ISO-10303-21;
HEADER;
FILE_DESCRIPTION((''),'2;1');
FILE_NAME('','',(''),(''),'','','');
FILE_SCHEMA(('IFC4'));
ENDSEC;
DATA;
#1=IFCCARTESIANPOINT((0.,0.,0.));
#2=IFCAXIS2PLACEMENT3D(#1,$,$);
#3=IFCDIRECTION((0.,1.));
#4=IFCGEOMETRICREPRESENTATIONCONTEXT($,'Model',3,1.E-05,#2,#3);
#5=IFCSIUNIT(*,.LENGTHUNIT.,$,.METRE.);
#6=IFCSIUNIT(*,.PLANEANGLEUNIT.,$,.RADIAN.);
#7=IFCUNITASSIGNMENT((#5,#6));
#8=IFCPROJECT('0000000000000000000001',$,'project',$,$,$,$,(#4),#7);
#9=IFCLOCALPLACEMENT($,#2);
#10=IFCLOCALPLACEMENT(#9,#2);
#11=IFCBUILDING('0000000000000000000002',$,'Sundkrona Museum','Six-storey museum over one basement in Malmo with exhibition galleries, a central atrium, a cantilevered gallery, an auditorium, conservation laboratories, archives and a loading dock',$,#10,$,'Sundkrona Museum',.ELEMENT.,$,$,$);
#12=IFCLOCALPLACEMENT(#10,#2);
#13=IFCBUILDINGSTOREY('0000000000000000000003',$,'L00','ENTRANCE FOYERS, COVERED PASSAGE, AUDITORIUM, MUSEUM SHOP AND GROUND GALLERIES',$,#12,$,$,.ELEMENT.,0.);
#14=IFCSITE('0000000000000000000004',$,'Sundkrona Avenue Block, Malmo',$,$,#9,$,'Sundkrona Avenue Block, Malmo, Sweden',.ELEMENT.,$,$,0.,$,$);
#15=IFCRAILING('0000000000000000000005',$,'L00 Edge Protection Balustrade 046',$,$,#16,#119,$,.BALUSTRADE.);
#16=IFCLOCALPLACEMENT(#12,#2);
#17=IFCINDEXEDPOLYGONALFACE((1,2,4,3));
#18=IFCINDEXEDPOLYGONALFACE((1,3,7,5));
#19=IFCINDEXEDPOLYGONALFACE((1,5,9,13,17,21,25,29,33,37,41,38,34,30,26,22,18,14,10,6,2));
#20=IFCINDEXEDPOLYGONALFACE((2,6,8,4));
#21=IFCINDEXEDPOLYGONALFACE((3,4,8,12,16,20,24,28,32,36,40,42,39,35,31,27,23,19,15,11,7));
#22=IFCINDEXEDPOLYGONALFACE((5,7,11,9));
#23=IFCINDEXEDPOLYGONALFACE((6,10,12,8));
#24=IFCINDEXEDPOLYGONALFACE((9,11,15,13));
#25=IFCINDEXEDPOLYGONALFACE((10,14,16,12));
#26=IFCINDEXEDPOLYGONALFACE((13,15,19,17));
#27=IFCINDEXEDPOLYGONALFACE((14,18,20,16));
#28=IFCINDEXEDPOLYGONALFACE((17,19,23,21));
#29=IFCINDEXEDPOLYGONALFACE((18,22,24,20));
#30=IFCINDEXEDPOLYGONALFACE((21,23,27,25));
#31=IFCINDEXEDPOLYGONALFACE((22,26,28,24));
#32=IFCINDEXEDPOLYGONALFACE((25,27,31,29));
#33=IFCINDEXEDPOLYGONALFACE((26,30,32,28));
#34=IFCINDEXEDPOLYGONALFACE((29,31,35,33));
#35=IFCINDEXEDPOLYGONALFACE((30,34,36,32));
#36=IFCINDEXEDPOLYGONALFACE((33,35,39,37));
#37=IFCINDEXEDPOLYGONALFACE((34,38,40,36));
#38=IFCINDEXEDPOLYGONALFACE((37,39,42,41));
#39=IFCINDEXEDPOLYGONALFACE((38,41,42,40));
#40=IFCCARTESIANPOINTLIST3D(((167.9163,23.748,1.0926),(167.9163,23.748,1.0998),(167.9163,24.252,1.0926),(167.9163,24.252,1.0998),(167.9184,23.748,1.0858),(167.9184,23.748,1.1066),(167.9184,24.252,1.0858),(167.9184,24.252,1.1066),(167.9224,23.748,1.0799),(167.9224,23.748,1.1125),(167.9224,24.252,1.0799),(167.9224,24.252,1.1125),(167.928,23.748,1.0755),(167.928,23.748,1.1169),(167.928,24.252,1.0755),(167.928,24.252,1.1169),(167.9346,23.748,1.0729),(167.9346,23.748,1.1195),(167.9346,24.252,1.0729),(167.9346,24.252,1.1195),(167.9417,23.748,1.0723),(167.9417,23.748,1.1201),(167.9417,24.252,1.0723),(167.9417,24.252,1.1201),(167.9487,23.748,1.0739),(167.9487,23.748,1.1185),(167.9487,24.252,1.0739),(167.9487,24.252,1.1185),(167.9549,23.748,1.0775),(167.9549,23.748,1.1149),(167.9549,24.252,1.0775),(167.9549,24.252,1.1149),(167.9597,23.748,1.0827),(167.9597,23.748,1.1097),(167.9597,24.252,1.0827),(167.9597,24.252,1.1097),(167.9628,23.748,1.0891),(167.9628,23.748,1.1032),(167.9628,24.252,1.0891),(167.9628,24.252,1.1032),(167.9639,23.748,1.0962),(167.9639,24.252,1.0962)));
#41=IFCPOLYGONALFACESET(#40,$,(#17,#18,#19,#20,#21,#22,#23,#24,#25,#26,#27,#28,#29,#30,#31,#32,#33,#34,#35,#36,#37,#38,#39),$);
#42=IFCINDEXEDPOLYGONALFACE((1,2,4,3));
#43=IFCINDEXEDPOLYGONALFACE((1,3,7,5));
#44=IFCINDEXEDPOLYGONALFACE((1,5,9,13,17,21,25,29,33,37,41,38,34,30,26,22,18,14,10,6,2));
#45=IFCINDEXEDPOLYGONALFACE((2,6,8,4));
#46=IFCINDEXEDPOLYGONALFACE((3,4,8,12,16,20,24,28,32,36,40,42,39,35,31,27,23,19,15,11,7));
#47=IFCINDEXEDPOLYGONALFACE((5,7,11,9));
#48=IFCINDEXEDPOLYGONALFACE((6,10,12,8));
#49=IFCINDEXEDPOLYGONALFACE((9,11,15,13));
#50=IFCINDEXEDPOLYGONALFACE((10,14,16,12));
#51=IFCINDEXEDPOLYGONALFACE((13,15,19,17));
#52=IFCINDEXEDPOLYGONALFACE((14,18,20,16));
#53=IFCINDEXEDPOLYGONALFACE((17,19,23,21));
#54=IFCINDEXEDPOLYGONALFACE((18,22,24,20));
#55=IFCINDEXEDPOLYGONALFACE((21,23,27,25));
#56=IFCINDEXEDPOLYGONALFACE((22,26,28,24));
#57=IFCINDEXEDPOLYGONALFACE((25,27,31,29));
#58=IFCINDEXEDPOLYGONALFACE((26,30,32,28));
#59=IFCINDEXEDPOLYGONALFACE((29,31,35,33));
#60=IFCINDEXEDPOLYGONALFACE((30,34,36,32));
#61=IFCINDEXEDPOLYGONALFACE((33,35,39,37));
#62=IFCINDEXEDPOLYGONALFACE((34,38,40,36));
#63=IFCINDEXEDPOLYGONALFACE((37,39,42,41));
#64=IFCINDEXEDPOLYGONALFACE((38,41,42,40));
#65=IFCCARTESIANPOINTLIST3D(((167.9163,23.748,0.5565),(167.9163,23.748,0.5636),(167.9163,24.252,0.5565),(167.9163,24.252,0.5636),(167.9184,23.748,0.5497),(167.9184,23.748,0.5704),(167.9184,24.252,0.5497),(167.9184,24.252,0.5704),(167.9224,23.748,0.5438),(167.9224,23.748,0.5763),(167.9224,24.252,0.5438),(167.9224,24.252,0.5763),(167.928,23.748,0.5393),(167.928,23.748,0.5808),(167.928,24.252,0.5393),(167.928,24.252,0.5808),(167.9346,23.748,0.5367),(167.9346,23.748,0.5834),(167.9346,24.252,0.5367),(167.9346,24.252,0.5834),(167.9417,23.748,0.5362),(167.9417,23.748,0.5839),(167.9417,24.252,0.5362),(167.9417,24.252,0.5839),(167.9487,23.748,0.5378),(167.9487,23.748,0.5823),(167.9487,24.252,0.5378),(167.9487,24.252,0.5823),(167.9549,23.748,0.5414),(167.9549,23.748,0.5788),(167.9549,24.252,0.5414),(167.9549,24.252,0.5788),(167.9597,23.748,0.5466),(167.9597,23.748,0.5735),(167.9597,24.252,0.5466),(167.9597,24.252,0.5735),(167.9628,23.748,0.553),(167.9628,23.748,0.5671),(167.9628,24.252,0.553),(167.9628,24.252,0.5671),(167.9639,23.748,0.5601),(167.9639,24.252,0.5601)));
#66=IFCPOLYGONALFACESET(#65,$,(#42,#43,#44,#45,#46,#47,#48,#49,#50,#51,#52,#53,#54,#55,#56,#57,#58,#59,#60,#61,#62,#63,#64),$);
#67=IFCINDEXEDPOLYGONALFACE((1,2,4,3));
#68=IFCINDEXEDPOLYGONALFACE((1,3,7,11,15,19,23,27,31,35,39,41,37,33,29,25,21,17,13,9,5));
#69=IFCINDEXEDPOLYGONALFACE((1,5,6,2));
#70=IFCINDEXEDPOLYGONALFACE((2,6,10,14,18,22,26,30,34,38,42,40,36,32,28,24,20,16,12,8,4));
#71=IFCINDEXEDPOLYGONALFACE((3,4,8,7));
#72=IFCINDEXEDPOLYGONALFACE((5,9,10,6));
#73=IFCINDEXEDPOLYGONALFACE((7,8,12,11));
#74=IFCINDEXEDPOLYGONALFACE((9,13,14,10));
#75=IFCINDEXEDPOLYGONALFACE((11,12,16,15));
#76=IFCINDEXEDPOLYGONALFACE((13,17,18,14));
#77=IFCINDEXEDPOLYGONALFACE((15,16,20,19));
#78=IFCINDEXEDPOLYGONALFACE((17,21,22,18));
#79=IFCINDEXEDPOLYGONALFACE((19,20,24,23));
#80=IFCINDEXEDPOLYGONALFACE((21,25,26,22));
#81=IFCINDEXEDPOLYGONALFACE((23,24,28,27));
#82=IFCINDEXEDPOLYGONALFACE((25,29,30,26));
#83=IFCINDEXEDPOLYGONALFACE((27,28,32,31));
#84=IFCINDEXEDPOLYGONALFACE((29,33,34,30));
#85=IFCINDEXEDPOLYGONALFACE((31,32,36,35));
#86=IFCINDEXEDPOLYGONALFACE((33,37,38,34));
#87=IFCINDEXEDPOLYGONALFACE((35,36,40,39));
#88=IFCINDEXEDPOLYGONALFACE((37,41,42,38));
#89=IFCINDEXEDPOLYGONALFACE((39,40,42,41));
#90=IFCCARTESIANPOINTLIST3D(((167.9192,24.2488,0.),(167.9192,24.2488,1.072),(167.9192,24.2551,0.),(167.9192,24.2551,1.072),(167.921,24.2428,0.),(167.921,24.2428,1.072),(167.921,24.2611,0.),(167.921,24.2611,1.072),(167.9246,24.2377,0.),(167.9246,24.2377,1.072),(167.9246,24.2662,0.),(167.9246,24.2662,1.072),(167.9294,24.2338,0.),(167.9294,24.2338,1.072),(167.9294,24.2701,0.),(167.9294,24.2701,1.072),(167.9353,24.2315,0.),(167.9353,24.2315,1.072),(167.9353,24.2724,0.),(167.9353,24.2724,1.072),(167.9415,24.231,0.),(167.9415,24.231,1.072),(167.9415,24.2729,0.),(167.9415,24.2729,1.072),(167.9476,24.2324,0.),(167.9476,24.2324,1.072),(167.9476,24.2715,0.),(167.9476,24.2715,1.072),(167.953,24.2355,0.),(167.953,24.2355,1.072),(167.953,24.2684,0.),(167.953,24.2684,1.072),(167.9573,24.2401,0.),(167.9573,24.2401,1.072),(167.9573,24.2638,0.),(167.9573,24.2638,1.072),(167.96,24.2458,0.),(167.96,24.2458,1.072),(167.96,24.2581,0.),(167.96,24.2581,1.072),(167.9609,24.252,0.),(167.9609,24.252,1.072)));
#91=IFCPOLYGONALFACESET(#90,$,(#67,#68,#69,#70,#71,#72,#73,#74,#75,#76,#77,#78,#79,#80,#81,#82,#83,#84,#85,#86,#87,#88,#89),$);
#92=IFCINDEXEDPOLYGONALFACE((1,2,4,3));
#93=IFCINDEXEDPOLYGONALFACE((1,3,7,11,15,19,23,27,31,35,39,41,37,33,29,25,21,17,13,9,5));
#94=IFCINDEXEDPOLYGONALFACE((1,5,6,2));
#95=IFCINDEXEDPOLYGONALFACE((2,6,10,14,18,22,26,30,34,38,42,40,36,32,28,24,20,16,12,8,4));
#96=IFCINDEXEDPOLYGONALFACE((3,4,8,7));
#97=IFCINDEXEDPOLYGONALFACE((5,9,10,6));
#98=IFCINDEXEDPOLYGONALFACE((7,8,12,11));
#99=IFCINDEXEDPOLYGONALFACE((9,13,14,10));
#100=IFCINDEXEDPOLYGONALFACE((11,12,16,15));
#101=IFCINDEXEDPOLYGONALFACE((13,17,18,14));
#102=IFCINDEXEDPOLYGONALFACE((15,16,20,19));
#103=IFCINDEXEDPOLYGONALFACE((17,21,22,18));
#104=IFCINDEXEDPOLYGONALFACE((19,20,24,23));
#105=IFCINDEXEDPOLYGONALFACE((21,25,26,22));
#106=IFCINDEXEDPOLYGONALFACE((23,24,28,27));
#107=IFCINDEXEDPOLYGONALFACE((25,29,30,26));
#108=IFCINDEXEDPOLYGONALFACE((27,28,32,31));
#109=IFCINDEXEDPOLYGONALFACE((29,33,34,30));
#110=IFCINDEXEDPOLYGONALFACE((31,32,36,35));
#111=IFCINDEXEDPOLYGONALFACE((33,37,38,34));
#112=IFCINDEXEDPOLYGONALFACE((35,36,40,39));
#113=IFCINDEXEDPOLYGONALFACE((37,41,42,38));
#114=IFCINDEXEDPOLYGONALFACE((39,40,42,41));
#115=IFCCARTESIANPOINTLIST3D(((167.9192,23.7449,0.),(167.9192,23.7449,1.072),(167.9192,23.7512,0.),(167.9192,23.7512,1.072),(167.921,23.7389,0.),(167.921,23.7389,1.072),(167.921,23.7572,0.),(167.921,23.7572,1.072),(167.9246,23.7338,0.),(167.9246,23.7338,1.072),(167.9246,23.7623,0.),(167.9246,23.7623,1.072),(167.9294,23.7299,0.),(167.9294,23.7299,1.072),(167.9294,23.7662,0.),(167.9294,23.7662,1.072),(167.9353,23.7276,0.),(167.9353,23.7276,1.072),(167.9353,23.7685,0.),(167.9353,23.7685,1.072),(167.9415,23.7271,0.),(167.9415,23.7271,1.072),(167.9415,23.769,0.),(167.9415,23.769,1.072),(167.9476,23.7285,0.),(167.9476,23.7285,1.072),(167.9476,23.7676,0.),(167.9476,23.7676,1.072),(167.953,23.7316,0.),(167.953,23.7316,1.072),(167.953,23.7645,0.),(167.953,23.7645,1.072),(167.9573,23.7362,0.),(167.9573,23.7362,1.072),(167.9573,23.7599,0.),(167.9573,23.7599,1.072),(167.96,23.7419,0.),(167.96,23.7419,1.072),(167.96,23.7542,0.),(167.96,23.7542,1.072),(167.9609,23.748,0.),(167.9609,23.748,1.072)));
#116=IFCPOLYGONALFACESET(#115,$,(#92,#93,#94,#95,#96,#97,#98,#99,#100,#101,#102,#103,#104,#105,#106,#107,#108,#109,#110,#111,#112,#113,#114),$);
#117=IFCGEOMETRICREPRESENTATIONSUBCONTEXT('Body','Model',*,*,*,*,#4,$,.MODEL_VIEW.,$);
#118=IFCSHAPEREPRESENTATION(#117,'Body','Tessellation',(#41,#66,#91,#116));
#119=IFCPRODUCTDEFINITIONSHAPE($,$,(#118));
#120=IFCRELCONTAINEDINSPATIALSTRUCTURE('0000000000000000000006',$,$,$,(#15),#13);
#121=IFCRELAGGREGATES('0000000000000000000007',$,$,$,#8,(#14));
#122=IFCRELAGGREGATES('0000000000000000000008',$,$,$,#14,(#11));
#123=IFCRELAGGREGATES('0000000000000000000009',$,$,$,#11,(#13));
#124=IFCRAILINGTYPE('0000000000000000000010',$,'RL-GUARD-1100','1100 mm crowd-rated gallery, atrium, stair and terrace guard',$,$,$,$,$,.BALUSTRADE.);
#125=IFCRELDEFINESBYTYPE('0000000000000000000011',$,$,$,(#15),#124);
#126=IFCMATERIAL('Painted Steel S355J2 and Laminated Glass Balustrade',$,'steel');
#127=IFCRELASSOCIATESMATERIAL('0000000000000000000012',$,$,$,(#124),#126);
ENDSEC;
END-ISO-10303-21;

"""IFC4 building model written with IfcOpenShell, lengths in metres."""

from ifc_helpers import new_model, si_unit, direction, frame, origin, origin_2d, place, context, subcontext, project, spatial, circle, extrude, material, type_object, element, save


model = new_model("IFC4")

# Units and contexts
model_context = context("Model", 3, precision=1e-05, world=origin(), true_north=direction((0.0, 1.0)))
body_context = subcontext(model_context, "Body", "Model", "MODEL_VIEW")
ifc_project = project(units=[si_unit("LENGTHUNIT", "METRE"), si_unit("PLANEANGLEUNIT", "RADIAN")], contexts=[model_context])

# Site, building, storey
site_placement = place(None, origin())
site = spatial("IfcSite", under=ifc_project, at=site_placement, Name="Sundkrona Avenue Block, Malmo", LongName="Sundkrona Avenue Block, Malmo, Sweden", CompositionType="ELEMENT", RefElevation=0.0)
building_placement = place(site_placement, origin())
building = spatial("IfcBuilding", under=site, at=building_placement, Name="Sundkrona Museum", Description="Six-storey museum over one basement in Malmo with exhibition galleries, a central atrium, a cantilevered gallery, an auditorium, conservation laboratories, archives and a loading dock", LongName="Sundkrona Museum", CompositionType="ELEMENT")
storey_placement = place(building_placement, origin())
storey = spatial("IfcBuildingStorey", under=building, at=storey_placement, Name="L00", Description="ENTRANCE FOYERS, COVERED PASSAGE, AUDITORIUM, MUSEUM SHOP AND GROUND GALLERIES", CompositionType="ELEMENT", Elevation=0.0)

# Railing
ifc_material_1 = material(Name="Painted Steel S355J2 and Laminated Glass Balustrade", Category="steel")
railing_type = type_object("IfcRailingType", Name="RL-GUARD-1100", Description="1100 mm crowd-rated gallery, atrium, stair and terrace guard", PredefinedType="BALUSTRADE", material=ifc_material_1)
railing_1_placement = place(storey_placement, frame((167.9399, 24.252, 0.0)))
element("IfcRailing", 1, at=railing_1_placement, inside=storey, type_object=railing_type, Name="L00 Edge Protection Balustrade 046", PredefinedType="BALUSTRADE", context=body_context, shape_type="SweptSolid", body=[
    extrude(circle(Radius=0.0239, at=origin_2d()), frame((0.0, 0.0, 1.0962), z_axis=(0.0, -1.0, 0.0), x_axis=(1.0, 0.0, 0.0)), (0.0, 0.0, 1.0), 0.5039),
    extrude(circle(Radius=0.0239, at=origin_2d()), frame((0.0, 0.0, 0.5601), z_axis=(0.0, -1.0, 0.0), x_axis=(1.0, 0.0, 0.0)), (0.0, 0.0, 1.0), 0.5039),
    extrude(circle(Radius=0.021, at=origin_2d()), origin(), (0.0, 0.0, 1.0), 1.072),
    extrude(circle(Radius=0.021, at=origin_2d()), frame((0.0, -0.5039, 0.0)), (0.0, 0.0, 1.0), 1.072),
])

save(model, "model.ifc")
